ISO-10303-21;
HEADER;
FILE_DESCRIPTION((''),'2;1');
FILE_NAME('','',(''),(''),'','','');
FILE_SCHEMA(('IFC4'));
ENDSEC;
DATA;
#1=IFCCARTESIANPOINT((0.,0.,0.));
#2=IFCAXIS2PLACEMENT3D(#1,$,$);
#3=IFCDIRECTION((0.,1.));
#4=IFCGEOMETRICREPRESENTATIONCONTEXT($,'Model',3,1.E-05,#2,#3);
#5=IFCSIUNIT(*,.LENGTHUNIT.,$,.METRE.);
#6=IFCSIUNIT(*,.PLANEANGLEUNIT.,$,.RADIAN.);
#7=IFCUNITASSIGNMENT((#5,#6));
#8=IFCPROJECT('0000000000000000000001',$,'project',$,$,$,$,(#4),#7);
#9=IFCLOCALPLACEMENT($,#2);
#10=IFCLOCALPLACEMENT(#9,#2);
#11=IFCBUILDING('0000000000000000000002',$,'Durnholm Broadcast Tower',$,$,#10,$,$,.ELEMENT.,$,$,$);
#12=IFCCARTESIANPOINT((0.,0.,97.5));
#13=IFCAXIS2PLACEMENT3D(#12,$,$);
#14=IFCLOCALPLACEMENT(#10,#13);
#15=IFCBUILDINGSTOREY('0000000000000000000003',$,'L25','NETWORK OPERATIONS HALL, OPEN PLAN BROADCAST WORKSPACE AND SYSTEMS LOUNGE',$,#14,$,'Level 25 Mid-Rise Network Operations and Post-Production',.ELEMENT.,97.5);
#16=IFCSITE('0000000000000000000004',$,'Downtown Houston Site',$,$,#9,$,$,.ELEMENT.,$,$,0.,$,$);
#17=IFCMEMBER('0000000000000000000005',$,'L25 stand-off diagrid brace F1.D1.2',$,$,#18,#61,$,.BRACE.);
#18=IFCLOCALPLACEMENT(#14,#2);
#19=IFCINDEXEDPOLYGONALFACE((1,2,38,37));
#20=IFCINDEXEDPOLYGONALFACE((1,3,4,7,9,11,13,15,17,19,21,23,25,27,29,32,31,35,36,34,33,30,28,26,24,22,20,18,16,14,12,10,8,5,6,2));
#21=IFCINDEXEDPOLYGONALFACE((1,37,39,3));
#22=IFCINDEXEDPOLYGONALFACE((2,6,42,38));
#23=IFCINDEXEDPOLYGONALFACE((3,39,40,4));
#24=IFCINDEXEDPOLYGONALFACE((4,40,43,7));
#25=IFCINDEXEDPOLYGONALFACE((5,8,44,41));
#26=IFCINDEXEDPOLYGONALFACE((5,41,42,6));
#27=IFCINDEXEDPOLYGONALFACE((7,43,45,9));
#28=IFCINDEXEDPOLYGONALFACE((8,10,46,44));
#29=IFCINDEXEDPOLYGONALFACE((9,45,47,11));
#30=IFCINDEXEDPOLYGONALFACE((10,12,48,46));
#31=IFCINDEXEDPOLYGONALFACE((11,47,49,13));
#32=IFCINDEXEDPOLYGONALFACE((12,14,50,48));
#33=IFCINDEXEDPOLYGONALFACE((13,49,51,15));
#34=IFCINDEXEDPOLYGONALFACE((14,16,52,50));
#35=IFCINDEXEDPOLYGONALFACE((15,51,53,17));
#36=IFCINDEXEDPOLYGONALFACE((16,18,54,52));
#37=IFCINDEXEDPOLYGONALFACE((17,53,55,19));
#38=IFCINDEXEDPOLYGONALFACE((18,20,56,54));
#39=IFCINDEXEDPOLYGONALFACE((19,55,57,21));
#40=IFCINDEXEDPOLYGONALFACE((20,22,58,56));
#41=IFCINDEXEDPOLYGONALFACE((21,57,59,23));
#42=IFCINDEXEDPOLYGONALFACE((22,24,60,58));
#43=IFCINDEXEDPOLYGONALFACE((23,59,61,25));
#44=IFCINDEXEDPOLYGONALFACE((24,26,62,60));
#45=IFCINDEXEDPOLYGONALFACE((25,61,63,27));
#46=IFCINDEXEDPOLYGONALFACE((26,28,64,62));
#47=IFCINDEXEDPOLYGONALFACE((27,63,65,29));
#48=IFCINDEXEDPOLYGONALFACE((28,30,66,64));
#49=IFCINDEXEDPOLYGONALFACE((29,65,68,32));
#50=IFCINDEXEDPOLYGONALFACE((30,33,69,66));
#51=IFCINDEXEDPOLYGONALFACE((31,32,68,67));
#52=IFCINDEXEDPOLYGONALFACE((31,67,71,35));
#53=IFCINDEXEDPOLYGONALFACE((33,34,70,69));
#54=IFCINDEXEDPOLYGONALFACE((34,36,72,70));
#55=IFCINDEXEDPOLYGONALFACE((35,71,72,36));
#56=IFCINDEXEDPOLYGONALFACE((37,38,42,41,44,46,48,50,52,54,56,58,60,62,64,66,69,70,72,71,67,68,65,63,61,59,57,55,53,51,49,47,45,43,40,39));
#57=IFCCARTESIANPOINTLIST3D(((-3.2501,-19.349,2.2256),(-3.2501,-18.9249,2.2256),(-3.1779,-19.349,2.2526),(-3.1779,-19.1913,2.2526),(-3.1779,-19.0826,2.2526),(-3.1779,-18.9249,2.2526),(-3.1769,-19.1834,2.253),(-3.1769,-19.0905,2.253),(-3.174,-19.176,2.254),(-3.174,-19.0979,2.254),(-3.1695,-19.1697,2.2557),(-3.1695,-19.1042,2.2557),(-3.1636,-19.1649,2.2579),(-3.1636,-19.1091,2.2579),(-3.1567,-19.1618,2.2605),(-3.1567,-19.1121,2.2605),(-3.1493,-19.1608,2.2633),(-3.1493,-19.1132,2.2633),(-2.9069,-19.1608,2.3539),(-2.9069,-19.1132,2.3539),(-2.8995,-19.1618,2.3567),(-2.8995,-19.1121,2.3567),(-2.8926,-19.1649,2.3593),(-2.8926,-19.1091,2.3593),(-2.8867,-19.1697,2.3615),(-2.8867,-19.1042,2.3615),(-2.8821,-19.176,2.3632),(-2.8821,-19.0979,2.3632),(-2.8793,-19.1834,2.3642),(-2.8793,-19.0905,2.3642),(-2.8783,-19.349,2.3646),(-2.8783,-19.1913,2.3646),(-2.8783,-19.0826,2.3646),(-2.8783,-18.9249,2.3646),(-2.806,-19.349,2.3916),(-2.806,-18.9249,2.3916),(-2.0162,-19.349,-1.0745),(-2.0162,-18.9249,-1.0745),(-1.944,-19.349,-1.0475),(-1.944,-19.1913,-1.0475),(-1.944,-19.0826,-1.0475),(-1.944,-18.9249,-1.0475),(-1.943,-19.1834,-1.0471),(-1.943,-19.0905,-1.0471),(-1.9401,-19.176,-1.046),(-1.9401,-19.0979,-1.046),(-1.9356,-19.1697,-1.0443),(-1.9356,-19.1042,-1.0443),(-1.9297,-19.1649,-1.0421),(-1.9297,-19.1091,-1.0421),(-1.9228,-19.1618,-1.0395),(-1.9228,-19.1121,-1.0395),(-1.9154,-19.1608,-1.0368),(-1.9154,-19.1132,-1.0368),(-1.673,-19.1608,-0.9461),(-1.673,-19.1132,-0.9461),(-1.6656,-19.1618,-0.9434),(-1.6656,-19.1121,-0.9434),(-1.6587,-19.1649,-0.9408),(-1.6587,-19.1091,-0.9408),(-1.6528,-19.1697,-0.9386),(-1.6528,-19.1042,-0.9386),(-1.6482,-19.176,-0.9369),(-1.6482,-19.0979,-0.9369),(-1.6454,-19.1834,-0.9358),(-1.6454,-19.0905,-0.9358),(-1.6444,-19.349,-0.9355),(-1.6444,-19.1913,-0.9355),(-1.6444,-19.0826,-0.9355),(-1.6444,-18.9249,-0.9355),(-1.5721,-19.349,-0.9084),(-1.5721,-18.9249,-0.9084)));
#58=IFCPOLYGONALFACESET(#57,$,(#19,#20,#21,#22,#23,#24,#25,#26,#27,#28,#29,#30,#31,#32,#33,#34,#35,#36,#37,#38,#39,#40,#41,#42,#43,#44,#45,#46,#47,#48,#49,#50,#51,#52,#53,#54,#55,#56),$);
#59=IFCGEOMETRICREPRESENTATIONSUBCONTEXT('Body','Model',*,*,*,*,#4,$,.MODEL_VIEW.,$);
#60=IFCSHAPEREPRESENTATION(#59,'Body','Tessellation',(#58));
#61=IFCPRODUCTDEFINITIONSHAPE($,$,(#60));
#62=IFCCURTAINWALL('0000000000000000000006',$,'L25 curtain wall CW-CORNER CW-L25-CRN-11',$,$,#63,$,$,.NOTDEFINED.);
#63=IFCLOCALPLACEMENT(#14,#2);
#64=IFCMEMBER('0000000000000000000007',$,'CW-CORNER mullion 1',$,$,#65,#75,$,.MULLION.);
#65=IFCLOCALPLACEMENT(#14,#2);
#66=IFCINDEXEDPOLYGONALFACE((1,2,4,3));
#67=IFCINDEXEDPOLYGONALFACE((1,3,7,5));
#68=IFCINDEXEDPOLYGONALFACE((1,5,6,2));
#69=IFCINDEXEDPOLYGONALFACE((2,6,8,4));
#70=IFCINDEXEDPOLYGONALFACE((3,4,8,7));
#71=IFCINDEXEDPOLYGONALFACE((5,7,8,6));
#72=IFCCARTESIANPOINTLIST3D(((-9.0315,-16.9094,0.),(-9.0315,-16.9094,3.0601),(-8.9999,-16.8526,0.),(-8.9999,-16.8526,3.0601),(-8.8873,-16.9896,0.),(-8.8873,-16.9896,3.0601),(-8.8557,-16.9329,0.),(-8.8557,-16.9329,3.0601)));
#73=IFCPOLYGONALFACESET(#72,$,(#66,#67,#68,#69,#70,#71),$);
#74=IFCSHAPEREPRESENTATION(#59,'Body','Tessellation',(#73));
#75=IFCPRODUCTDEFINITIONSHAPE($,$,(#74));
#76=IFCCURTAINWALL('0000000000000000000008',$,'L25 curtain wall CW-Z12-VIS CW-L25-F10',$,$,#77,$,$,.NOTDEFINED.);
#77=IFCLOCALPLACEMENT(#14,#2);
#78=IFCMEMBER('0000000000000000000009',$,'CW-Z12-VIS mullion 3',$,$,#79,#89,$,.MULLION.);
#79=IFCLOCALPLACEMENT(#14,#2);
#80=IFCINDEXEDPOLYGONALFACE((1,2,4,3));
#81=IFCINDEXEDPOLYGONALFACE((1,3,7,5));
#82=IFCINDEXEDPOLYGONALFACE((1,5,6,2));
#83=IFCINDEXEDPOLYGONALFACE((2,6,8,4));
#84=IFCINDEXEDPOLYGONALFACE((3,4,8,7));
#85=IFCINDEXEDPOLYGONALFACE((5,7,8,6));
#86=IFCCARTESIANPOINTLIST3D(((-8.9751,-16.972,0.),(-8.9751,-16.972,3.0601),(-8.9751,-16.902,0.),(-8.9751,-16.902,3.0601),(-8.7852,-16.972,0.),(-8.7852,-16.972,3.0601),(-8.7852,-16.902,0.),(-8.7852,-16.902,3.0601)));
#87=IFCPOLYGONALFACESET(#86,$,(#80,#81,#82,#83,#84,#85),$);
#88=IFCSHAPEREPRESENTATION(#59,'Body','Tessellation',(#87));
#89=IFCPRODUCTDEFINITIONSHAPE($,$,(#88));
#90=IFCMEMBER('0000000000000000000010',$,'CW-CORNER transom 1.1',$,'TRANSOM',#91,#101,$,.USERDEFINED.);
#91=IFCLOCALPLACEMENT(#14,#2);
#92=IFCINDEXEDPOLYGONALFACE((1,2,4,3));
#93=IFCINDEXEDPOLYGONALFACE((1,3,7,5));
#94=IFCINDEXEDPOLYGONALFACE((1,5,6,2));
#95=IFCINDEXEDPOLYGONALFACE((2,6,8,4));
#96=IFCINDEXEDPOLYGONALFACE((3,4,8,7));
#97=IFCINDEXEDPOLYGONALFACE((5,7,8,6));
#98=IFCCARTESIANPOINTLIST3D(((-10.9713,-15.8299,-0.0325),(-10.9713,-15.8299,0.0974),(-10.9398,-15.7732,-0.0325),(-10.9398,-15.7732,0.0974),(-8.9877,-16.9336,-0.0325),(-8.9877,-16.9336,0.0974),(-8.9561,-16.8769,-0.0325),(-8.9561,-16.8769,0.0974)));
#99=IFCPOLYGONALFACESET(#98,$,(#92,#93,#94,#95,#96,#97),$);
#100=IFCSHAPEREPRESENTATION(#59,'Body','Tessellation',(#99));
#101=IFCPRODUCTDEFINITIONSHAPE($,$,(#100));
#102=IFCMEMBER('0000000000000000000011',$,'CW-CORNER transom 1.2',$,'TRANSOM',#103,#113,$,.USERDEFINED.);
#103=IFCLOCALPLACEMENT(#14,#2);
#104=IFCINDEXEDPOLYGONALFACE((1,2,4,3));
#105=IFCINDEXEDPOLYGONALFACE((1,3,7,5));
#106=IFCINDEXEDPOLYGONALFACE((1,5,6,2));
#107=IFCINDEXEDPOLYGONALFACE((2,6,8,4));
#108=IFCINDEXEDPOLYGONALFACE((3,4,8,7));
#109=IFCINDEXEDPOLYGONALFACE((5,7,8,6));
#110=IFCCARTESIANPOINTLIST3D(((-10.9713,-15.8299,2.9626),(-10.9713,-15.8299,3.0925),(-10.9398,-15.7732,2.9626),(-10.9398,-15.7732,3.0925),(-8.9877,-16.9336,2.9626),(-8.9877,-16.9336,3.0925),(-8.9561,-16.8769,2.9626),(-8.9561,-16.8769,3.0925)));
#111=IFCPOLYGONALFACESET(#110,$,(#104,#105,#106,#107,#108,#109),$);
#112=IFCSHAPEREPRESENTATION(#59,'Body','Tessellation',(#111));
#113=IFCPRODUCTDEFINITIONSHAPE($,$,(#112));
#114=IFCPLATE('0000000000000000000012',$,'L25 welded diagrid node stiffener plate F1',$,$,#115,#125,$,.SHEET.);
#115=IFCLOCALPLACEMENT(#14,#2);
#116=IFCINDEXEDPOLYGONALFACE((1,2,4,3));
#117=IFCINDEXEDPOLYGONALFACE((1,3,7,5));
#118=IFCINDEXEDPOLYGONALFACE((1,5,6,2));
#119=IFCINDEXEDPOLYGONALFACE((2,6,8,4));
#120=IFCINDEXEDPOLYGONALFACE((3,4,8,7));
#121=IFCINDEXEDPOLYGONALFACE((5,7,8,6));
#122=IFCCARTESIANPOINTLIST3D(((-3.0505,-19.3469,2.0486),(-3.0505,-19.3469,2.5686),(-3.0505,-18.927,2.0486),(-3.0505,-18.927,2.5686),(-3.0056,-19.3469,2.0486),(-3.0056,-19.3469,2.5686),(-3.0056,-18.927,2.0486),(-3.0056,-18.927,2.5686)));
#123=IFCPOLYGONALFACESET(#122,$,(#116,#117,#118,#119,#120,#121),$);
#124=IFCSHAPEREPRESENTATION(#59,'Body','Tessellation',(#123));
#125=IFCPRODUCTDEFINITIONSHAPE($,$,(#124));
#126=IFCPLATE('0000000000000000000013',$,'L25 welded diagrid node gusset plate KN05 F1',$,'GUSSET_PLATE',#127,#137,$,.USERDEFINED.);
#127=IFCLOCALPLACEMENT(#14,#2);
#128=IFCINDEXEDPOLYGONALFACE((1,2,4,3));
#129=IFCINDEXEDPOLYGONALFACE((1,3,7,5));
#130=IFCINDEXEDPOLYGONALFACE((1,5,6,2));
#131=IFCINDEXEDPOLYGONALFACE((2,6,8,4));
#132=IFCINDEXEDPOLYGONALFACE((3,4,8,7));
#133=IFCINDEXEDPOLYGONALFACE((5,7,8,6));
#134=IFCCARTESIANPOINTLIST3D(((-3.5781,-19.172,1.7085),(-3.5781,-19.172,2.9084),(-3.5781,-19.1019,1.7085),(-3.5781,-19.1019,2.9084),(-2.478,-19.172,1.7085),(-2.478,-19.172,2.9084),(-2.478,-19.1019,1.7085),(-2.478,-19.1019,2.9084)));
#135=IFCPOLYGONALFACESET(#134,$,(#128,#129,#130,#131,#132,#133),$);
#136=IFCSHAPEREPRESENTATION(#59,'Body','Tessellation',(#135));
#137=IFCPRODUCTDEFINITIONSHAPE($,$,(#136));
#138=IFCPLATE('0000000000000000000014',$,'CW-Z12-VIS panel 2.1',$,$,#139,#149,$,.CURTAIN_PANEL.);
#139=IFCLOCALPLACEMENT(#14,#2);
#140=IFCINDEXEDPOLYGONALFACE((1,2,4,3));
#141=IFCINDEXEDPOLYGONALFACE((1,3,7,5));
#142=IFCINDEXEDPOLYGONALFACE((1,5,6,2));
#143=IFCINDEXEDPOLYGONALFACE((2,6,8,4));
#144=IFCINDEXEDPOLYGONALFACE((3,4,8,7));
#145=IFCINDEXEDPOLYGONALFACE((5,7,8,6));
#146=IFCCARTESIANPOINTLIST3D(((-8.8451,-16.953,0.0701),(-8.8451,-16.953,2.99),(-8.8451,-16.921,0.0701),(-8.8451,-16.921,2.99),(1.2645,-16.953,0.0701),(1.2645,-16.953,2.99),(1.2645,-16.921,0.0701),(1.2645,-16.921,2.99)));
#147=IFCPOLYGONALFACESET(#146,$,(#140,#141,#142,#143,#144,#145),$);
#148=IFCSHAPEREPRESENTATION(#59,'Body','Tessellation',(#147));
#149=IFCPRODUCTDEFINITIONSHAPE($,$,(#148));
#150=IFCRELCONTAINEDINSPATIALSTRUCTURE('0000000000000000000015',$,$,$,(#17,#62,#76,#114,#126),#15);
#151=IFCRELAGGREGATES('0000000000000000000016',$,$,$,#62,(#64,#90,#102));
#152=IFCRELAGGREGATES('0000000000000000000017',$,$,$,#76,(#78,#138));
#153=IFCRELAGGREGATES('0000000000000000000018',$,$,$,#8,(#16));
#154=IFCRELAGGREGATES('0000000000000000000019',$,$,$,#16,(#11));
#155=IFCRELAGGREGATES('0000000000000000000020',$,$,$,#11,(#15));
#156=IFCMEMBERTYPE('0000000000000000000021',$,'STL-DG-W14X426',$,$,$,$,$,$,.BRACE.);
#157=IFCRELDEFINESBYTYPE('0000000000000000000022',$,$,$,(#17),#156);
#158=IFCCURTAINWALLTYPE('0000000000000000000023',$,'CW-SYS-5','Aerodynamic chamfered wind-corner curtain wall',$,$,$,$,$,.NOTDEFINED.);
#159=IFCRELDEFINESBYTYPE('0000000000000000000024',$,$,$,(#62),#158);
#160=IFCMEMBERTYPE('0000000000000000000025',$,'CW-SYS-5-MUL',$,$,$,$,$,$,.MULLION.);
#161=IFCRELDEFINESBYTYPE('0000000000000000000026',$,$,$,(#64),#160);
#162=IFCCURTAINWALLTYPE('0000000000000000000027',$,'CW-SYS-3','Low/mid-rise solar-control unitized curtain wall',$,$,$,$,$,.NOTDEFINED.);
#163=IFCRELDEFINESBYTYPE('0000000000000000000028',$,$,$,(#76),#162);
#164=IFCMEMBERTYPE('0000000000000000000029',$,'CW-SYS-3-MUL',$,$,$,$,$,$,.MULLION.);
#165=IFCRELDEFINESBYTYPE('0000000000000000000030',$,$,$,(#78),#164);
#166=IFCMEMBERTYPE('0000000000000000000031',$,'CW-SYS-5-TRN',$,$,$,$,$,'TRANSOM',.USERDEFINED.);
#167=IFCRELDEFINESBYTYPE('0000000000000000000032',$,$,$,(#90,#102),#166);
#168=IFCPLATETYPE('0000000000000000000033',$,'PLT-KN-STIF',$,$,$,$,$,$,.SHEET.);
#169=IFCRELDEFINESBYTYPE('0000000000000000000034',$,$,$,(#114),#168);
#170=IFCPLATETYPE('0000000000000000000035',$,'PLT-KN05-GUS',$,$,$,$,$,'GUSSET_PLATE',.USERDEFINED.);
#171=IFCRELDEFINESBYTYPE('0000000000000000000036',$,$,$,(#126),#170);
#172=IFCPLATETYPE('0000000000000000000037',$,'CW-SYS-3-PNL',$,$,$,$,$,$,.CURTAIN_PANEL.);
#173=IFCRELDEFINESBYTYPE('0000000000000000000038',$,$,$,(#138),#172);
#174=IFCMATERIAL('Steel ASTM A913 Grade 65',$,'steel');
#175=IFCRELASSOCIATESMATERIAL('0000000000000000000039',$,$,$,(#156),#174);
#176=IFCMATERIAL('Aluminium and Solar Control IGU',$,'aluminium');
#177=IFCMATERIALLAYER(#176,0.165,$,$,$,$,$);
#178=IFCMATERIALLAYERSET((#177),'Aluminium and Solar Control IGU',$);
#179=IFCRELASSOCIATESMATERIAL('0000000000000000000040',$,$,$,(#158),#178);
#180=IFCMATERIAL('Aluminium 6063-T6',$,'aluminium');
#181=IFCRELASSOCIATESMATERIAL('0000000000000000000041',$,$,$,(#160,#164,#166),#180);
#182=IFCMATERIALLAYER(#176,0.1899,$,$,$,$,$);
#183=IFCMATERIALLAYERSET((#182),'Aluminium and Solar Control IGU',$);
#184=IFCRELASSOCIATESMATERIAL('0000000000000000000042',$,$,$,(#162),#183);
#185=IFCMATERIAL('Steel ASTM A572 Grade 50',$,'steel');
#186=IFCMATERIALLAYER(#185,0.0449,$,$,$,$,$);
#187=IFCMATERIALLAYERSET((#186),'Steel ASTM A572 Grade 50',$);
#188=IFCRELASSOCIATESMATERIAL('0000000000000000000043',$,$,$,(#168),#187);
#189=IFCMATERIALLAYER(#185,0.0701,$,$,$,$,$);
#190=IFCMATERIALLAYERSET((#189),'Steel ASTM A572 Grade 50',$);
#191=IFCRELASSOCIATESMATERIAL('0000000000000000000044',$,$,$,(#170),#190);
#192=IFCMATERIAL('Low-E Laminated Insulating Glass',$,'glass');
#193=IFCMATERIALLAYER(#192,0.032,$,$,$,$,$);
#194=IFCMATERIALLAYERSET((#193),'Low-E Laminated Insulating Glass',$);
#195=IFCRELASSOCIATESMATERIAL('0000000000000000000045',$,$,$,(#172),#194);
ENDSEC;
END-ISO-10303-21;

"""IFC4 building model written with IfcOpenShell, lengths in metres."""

from ifc_helpers import new_model, si_unit, direction, frame, origin, origin_2d, place, context, subcontext, project, spatial, rectangle, i_section, extrude, source, transform, mapped, material, layer, layer_set, material_profile, profile_set, type_object, type_shapes, element, aggregate, save


model = new_model("IFC4")

# Units and contexts
model_context = context("Model", 3, precision=1e-05, world=origin(), true_north=direction((0.0, 1.0)))
body_context = subcontext(model_context, "Body", "Model", "MODEL_VIEW")
ifc_project = project(units=[si_unit("LENGTHUNIT", "METRE"), si_unit("PLANEANGLEUNIT", "RADIAN")], contexts=[model_context])

# Site, building, storey
site_placement = place(None, origin())
site = spatial("IfcSite", under=ifc_project, at=site_placement, Name="Downtown Houston Site", CompositionType="ELEMENT", RefElevation=0.0)
building_placement = place(site_placement, origin())
building = spatial("IfcBuilding", under=site, at=building_placement, Name="Durnholm Broadcast Tower", CompositionType="ELEMENT")
storey_placement = place(building_placement, frame((0.0, 0.0, 97.5)))
storey = spatial("IfcBuildingStorey", under=building, at=storey_placement, Name="L25", Description="NETWORK OPERATIONS HALL, OPEN PLAN BROADCAST WORKSPACE AND SYSTEMS LOUNGE", LongName="Level 25 Mid-Rise Network Operations and Post-Production", CompositionType="ELEMENT", Elevation=97.5)

# Member
ifc_material_1 = material(Name="Steel ASTM A913 Grade 65", Category="steel")
ifc_material_profile_1 = material_profile(ifc_material_1, i_section(OverallWidth=0.4241, OverallDepth=0.4741, WebThickness=0.0476, FlangeThickness=0.0771, FilletRadius=0.0305, at=origin_2d()), Name="W14X426")
ifc_profile_set_1 = profile_set([ifc_material_profile_1], Name="Steel ASTM A913 Grade 65")
member_type_1 = type_object("IfcMemberType", Name="STL-DG-W14X426", PredefinedType="BRACE", material=ifc_profile_set_1)
shared_shape_1 = source(origin(), body_context, "Body", "SweptSolid", [
    extrude(i_section(OverallWidth=0.4241, OverallDepth=0.4741, WebThickness=0.0476, FlangeThickness=0.0771, FilletRadius=0.0305, at=origin_2d()), origin(), (0.0, 0.0, 1.0), 3.5232),
])
type_shapes(member_type_1, [shared_shape_1])
for number, where, z_axis, x_axis, name in (
    (1, (-1.7942, -19.137, -0.9915), (-0.35022, 0.0, 0.936668), (0.0, -1.0, 0.0), "L25 stand-off diagrid brace F1.D1.2"),
):
    element("IfcMember", number, at=place(storey_placement, frame(where, z_axis=z_axis, x_axis=x_axis)), inside=storey, type_object=member_type_1, Name=name, PredefinedType="BRACE", context=body_context, shape_type="MappedRepresentation", body=[
        mapped(shared_shape_1, transform((0.0, 0.0, 0.0), x_axis=(1.0, 0.0, 0.0), y_axis=(0.0, 1.0, 0.0), z_axis=(0.0, 0.0, 1.0), scale=1.0)),
    ])

# Curtain walls, members
ifc_material_2 = material(Name="Aluminium and Solar Control IGU", Category="aluminium")
ifc_layer_1 = layer(ifc_material_2, 0.165)
ifc_layer_set_1 = layer_set([ifc_layer_1], Name="Aluminium and Solar Control IGU")
curtain_wall_type_1 = type_object("IfcCurtainWallType", Name="CW-SYS-5", Description="Aerodynamic chamfered wind-corner curtain wall", PredefinedType="NOTDEFINED", material=ifc_layer_set_1)
curtain_wall_1_placement = place(storey_placement, origin())
curtain_wall_1 = element("IfcCurtainWall", 2, at=curtain_wall_1_placement, inside=storey, type_object=curtain_wall_type_1, Name="L25 curtain wall CW-CORNER CW-L25-CRN-11", PredefinedType="NOTDEFINED")
ifc_material_3 = material(Name="Aluminium 6063-T6", Category="aluminium")
ifc_material_profile_2 = material_profile(ifc_material_3, rectangle(XDim=0.0649, YDim=0.165, at=origin_2d()), Name="CWM65X165")
ifc_profile_set_2 = profile_set([ifc_material_profile_2], Name="Aluminium 6063-T6")
member_type_2 = type_object("IfcMemberType", Name="CW-SYS-5-MUL", PredefinedType="MULLION", material=ifc_profile_set_2)
shared_shape_2 = source(origin(), body_context, "Body", "SweptSolid", [
    extrude(rectangle(XDim=0.0649, YDim=0.165, at=origin_2d()), origin(), (0.0, 0.0, 1.0), 3.0601),
])
type_shapes(member_type_2, [shared_shape_2])
member_1_placement = place(storey_placement, frame((-8.9436, -16.9211, 0.0), z_axis=(0.0, 0.0, 1.0), x_axis=(-0.486244, -0.873823, 0.0)))
member_1 = element("IfcMember", 3, at=member_1_placement, type_object=member_type_2, Name="CW-CORNER mullion 1", PredefinedType="MULLION", context=body_context, shape_type="MappedRepresentation", body=[
    mapped(shared_shape_2, transform((0.0, 0.0, 0.0), x_axis=(1.0, 0.0, 0.0), y_axis=(0.0, 1.0, 0.0), z_axis=(0.0, 0.0, 1.0), scale=1.0)),
])
ifc_layer_2 = layer(ifc_material_2, 0.1899)
ifc_layer_set_2 = layer_set([ifc_layer_2], Name="Aluminium and Solar Control IGU")
curtain_wall_type_2 = type_object("IfcCurtainWallType", Name="CW-SYS-3", Description="Low/mid-rise solar-control unitized curtain wall", PredefinedType="NOTDEFINED", material=ifc_layer_set_2)
curtain_wall_2_placement = place(storey_placement, origin())
curtain_wall_2 = element("IfcCurtainWall", 4, at=curtain_wall_2_placement, inside=storey, type_object=curtain_wall_type_2, Name="L25 curtain wall CW-Z12-VIS CW-L25-F10", PredefinedType="NOTDEFINED")
ifc_material_profile_3 = material_profile(ifc_material_3, rectangle(XDim=0.0701, YDim=0.1899, at=origin_2d()), Name="CWM70X190")
ifc_profile_set_3 = profile_set([ifc_material_profile_3], Name="Aluminium 6063-T6")
member_type_3 = type_object("IfcMemberType", Name="CW-SYS-3-MUL", PredefinedType="MULLION", material=ifc_profile_set_3)
shared_shape_3 = source(origin(), body_context, "Body", "SweptSolid", [
    extrude(rectangle(XDim=0.0701, YDim=0.1899, at=origin_2d()), origin(), (0.0, 0.0, 1.0), 3.0601),
])
type_shapes(member_type_3, [shared_shape_3])
member_2_placement = place(storey_placement, frame((-8.8801, -16.937, 0.0), z_axis=(0.0, 0.0, 1.0), x_axis=(0.0, -1.0, 0.0)))
member_2 = element("IfcMember", 5, at=member_2_placement, type_object=member_type_3, Name="CW-Z12-VIS mullion 3", PredefinedType="MULLION", context=body_context, shape_type="MappedRepresentation", body=[
    mapped(shared_shape_3, transform((0.0, 0.0, 0.0), x_axis=(1.0, 0.0, 0.0), y_axis=(0.0, 1.0, 0.0), z_axis=(0.0, 0.0, 1.0), scale=1.0)),
])

# Members
ifc_material_profile_4 = material_profile(ifc_material_3, rectangle(XDim=0.0649, YDim=0.1299, at=origin_2d()), Name="CWT65X130")
ifc_profile_set_4 = profile_set([ifc_material_profile_4], Name="Aluminium 6063-T6")
member_type_4 = type_object("IfcMemberType", Name="CW-SYS-5-TRN", ElementType="TRANSOM", PredefinedType="USERDEFINED", material=ifc_profile_set_4)
shared_shape_4 = source(origin(), body_context, "Body", "SweptSolid", [
    extrude(rectangle(XDim=0.0649, YDim=0.1299, at=origin_2d()), origin(), (0.0, 0.0, 1.0), 2.27),
])
type_shapes(member_type_4, [shared_shape_4])
member_3_placement = place(storey_placement, frame((-8.9719, -16.9053, 0.0325), z_axis=(-0.873832, 0.486227, 0.0), x_axis=(-0.486227, -0.873832, 0.0)))
member_3 = element("IfcMember", 6, at=member_3_placement, type_object=member_type_4, Name="CW-CORNER transom 1.1", ObjectType="TRANSOM", PredefinedType="USERDEFINED", context=body_context, shape_type="MappedRepresentation", body=[
    mapped(shared_shape_4, transform((0.0, 0.0, 0.0), x_axis=(1.0, 0.0, 0.0), y_axis=(0.0, 1.0, 0.0), z_axis=(0.0, 0.0, 1.0), scale=1.0)),
])
member_4_placement = place(storey_placement, frame((-8.9719, -16.9053, 3.0276), z_axis=(-0.873832, 0.486227, 0.0), x_axis=(-0.486227, -0.873832, 0.0)))
member_4 = element("IfcMember", 7, at=member_4_placement, type_object=member_type_4, Name="CW-CORNER transom 1.2", ObjectType="TRANSOM", PredefinedType="USERDEFINED", context=body_context, shape_type="MappedRepresentation", body=[
    mapped(shared_shape_4, transform((0.0, 0.0, 0.0), x_axis=(1.0, 0.0, 0.0), y_axis=(0.0, 1.0, 0.0), z_axis=(0.0, 0.0, 1.0), scale=1.0)),
])
aggregate(curtain_wall_1, [member_1, member_3, member_4])

# Plates
ifc_material_4 = material(Name="Steel ASTM A572 Grade 50", Category="steel")
ifc_layer_3 = layer(ifc_material_4, 0.0449)
ifc_layer_set_3 = layer_set([ifc_layer_3], Name="Steel ASTM A572 Grade 50")
plate_type_1 = type_object("IfcPlateType", Name="PLT-KN-STIF", PredefinedType="SHEET", material=ifc_layer_set_3)
shared_shape_5 = source(origin(), body_context, "Body", "SweptSolid", [
    extrude(rectangle(XDim=0.0449, YDim=0.4199, at=origin_2d()), origin(), (0.0, 0.0, 1.0), 0.52),
])
type_shapes(plate_type_1, [shared_shape_5])
plate_1_placement = place(storey_placement, frame((-3.0281, -19.137, 2.0486), z_axis=(0.0, 0.0, 1.0), x_axis=(1.0, 0.0, 0.0)))
element("IfcPlate", 8, at=plate_1_placement, inside=storey, type_object=plate_type_1, Name="L25 welded diagrid node stiffener plate F1", PredefinedType="SHEET", context=body_context, shape_type="MappedRepresentation", body=[
    mapped(shared_shape_5, transform((0.0, 0.0, 0.0), x_axis=(1.0, 0.0, 0.0), y_axis=(0.0, 1.0, 0.0), z_axis=(0.0, 0.0, 1.0), scale=1.0)),
])
ifc_layer_4 = layer(ifc_material_4, 0.0701)
ifc_layer_set_4 = layer_set([ifc_layer_4], Name="Steel ASTM A572 Grade 50")
plate_type_2 = type_object("IfcPlateType", Name="PLT-KN05-GUS", ElementType="GUSSET_PLATE", PredefinedType="USERDEFINED", material=ifc_layer_set_4)
shared_shape_6 = source(origin(), body_context, "Body", "SweptSolid", [
    extrude(rectangle(XDim=1.1001, YDim=0.0701, at=origin_2d()), origin(), (0.0, 0.0, 1.0), 1.2),
])
type_shapes(plate_type_2, [shared_shape_6])
plate_2_placement = place(storey_placement, frame((-3.0281, -19.137, 1.7085), z_axis=(0.0, 0.0, 1.0), x_axis=(1.0, 0.0, 0.0)))
element("IfcPlate", 9, at=plate_2_placement, inside=storey, type_object=plate_type_2, Name="L25 welded diagrid node gusset plate KN05 F1", ObjectType="GUSSET_PLATE", PredefinedType="USERDEFINED", context=body_context, shape_type="MappedRepresentation", body=[
    mapped(shared_shape_6, transform((0.0, 0.0, 0.0), x_axis=(1.0, 0.0, 0.0), y_axis=(0.0, 1.0, 0.0), z_axis=(0.0, 0.0, 1.0), scale=1.0)),
])

# Plate
ifc_material_5 = material(Name="Low-E Laminated Insulating Glass", Category="glass")
ifc_layer_5 = layer(ifc_material_5, 0.032)
ifc_layer_set_5 = layer_set([ifc_layer_5], Name="Low-E Laminated Insulating Glass")
plate_type_3 = type_object("IfcPlateType", Name="CW-SYS-3-PNL", PredefinedType="CURTAIN_PANEL", material=ifc_layer_set_5)
shared_shape_7 = source(origin(), body_context, "Body", "SweptSolid", [
    extrude(rectangle(XDim=10.1096, YDim=0.032, at=origin_2d()), origin(), (0.0, 0.0, 1.0), 2.9199),
])
type_shapes(plate_type_3, [shared_shape_7])
plate_3_placement = place(storey_placement, frame((-3.7903, -16.937, 0.0701), z_axis=(0.0, 0.0, 1.0), x_axis=(-1.0, 0.0, 0.0)))
plate_3 = element("IfcPlate", 10, at=plate_3_placement, type_object=plate_type_3, Name="CW-Z12-VIS panel 2.1", PredefinedType="CURTAIN_PANEL", context=body_context, shape_type="MappedRepresentation", body=[
    mapped(shared_shape_7, transform((0.0, 0.0, 0.0), x_axis=(1.0, 0.0, 0.0), y_axis=(0.0, 1.0, 0.0), z_axis=(0.0, 0.0, 1.0), scale=1.0)),
])
aggregate(curtain_wall_2, [member_2, plate_3])

save(model, "model.ifc")
